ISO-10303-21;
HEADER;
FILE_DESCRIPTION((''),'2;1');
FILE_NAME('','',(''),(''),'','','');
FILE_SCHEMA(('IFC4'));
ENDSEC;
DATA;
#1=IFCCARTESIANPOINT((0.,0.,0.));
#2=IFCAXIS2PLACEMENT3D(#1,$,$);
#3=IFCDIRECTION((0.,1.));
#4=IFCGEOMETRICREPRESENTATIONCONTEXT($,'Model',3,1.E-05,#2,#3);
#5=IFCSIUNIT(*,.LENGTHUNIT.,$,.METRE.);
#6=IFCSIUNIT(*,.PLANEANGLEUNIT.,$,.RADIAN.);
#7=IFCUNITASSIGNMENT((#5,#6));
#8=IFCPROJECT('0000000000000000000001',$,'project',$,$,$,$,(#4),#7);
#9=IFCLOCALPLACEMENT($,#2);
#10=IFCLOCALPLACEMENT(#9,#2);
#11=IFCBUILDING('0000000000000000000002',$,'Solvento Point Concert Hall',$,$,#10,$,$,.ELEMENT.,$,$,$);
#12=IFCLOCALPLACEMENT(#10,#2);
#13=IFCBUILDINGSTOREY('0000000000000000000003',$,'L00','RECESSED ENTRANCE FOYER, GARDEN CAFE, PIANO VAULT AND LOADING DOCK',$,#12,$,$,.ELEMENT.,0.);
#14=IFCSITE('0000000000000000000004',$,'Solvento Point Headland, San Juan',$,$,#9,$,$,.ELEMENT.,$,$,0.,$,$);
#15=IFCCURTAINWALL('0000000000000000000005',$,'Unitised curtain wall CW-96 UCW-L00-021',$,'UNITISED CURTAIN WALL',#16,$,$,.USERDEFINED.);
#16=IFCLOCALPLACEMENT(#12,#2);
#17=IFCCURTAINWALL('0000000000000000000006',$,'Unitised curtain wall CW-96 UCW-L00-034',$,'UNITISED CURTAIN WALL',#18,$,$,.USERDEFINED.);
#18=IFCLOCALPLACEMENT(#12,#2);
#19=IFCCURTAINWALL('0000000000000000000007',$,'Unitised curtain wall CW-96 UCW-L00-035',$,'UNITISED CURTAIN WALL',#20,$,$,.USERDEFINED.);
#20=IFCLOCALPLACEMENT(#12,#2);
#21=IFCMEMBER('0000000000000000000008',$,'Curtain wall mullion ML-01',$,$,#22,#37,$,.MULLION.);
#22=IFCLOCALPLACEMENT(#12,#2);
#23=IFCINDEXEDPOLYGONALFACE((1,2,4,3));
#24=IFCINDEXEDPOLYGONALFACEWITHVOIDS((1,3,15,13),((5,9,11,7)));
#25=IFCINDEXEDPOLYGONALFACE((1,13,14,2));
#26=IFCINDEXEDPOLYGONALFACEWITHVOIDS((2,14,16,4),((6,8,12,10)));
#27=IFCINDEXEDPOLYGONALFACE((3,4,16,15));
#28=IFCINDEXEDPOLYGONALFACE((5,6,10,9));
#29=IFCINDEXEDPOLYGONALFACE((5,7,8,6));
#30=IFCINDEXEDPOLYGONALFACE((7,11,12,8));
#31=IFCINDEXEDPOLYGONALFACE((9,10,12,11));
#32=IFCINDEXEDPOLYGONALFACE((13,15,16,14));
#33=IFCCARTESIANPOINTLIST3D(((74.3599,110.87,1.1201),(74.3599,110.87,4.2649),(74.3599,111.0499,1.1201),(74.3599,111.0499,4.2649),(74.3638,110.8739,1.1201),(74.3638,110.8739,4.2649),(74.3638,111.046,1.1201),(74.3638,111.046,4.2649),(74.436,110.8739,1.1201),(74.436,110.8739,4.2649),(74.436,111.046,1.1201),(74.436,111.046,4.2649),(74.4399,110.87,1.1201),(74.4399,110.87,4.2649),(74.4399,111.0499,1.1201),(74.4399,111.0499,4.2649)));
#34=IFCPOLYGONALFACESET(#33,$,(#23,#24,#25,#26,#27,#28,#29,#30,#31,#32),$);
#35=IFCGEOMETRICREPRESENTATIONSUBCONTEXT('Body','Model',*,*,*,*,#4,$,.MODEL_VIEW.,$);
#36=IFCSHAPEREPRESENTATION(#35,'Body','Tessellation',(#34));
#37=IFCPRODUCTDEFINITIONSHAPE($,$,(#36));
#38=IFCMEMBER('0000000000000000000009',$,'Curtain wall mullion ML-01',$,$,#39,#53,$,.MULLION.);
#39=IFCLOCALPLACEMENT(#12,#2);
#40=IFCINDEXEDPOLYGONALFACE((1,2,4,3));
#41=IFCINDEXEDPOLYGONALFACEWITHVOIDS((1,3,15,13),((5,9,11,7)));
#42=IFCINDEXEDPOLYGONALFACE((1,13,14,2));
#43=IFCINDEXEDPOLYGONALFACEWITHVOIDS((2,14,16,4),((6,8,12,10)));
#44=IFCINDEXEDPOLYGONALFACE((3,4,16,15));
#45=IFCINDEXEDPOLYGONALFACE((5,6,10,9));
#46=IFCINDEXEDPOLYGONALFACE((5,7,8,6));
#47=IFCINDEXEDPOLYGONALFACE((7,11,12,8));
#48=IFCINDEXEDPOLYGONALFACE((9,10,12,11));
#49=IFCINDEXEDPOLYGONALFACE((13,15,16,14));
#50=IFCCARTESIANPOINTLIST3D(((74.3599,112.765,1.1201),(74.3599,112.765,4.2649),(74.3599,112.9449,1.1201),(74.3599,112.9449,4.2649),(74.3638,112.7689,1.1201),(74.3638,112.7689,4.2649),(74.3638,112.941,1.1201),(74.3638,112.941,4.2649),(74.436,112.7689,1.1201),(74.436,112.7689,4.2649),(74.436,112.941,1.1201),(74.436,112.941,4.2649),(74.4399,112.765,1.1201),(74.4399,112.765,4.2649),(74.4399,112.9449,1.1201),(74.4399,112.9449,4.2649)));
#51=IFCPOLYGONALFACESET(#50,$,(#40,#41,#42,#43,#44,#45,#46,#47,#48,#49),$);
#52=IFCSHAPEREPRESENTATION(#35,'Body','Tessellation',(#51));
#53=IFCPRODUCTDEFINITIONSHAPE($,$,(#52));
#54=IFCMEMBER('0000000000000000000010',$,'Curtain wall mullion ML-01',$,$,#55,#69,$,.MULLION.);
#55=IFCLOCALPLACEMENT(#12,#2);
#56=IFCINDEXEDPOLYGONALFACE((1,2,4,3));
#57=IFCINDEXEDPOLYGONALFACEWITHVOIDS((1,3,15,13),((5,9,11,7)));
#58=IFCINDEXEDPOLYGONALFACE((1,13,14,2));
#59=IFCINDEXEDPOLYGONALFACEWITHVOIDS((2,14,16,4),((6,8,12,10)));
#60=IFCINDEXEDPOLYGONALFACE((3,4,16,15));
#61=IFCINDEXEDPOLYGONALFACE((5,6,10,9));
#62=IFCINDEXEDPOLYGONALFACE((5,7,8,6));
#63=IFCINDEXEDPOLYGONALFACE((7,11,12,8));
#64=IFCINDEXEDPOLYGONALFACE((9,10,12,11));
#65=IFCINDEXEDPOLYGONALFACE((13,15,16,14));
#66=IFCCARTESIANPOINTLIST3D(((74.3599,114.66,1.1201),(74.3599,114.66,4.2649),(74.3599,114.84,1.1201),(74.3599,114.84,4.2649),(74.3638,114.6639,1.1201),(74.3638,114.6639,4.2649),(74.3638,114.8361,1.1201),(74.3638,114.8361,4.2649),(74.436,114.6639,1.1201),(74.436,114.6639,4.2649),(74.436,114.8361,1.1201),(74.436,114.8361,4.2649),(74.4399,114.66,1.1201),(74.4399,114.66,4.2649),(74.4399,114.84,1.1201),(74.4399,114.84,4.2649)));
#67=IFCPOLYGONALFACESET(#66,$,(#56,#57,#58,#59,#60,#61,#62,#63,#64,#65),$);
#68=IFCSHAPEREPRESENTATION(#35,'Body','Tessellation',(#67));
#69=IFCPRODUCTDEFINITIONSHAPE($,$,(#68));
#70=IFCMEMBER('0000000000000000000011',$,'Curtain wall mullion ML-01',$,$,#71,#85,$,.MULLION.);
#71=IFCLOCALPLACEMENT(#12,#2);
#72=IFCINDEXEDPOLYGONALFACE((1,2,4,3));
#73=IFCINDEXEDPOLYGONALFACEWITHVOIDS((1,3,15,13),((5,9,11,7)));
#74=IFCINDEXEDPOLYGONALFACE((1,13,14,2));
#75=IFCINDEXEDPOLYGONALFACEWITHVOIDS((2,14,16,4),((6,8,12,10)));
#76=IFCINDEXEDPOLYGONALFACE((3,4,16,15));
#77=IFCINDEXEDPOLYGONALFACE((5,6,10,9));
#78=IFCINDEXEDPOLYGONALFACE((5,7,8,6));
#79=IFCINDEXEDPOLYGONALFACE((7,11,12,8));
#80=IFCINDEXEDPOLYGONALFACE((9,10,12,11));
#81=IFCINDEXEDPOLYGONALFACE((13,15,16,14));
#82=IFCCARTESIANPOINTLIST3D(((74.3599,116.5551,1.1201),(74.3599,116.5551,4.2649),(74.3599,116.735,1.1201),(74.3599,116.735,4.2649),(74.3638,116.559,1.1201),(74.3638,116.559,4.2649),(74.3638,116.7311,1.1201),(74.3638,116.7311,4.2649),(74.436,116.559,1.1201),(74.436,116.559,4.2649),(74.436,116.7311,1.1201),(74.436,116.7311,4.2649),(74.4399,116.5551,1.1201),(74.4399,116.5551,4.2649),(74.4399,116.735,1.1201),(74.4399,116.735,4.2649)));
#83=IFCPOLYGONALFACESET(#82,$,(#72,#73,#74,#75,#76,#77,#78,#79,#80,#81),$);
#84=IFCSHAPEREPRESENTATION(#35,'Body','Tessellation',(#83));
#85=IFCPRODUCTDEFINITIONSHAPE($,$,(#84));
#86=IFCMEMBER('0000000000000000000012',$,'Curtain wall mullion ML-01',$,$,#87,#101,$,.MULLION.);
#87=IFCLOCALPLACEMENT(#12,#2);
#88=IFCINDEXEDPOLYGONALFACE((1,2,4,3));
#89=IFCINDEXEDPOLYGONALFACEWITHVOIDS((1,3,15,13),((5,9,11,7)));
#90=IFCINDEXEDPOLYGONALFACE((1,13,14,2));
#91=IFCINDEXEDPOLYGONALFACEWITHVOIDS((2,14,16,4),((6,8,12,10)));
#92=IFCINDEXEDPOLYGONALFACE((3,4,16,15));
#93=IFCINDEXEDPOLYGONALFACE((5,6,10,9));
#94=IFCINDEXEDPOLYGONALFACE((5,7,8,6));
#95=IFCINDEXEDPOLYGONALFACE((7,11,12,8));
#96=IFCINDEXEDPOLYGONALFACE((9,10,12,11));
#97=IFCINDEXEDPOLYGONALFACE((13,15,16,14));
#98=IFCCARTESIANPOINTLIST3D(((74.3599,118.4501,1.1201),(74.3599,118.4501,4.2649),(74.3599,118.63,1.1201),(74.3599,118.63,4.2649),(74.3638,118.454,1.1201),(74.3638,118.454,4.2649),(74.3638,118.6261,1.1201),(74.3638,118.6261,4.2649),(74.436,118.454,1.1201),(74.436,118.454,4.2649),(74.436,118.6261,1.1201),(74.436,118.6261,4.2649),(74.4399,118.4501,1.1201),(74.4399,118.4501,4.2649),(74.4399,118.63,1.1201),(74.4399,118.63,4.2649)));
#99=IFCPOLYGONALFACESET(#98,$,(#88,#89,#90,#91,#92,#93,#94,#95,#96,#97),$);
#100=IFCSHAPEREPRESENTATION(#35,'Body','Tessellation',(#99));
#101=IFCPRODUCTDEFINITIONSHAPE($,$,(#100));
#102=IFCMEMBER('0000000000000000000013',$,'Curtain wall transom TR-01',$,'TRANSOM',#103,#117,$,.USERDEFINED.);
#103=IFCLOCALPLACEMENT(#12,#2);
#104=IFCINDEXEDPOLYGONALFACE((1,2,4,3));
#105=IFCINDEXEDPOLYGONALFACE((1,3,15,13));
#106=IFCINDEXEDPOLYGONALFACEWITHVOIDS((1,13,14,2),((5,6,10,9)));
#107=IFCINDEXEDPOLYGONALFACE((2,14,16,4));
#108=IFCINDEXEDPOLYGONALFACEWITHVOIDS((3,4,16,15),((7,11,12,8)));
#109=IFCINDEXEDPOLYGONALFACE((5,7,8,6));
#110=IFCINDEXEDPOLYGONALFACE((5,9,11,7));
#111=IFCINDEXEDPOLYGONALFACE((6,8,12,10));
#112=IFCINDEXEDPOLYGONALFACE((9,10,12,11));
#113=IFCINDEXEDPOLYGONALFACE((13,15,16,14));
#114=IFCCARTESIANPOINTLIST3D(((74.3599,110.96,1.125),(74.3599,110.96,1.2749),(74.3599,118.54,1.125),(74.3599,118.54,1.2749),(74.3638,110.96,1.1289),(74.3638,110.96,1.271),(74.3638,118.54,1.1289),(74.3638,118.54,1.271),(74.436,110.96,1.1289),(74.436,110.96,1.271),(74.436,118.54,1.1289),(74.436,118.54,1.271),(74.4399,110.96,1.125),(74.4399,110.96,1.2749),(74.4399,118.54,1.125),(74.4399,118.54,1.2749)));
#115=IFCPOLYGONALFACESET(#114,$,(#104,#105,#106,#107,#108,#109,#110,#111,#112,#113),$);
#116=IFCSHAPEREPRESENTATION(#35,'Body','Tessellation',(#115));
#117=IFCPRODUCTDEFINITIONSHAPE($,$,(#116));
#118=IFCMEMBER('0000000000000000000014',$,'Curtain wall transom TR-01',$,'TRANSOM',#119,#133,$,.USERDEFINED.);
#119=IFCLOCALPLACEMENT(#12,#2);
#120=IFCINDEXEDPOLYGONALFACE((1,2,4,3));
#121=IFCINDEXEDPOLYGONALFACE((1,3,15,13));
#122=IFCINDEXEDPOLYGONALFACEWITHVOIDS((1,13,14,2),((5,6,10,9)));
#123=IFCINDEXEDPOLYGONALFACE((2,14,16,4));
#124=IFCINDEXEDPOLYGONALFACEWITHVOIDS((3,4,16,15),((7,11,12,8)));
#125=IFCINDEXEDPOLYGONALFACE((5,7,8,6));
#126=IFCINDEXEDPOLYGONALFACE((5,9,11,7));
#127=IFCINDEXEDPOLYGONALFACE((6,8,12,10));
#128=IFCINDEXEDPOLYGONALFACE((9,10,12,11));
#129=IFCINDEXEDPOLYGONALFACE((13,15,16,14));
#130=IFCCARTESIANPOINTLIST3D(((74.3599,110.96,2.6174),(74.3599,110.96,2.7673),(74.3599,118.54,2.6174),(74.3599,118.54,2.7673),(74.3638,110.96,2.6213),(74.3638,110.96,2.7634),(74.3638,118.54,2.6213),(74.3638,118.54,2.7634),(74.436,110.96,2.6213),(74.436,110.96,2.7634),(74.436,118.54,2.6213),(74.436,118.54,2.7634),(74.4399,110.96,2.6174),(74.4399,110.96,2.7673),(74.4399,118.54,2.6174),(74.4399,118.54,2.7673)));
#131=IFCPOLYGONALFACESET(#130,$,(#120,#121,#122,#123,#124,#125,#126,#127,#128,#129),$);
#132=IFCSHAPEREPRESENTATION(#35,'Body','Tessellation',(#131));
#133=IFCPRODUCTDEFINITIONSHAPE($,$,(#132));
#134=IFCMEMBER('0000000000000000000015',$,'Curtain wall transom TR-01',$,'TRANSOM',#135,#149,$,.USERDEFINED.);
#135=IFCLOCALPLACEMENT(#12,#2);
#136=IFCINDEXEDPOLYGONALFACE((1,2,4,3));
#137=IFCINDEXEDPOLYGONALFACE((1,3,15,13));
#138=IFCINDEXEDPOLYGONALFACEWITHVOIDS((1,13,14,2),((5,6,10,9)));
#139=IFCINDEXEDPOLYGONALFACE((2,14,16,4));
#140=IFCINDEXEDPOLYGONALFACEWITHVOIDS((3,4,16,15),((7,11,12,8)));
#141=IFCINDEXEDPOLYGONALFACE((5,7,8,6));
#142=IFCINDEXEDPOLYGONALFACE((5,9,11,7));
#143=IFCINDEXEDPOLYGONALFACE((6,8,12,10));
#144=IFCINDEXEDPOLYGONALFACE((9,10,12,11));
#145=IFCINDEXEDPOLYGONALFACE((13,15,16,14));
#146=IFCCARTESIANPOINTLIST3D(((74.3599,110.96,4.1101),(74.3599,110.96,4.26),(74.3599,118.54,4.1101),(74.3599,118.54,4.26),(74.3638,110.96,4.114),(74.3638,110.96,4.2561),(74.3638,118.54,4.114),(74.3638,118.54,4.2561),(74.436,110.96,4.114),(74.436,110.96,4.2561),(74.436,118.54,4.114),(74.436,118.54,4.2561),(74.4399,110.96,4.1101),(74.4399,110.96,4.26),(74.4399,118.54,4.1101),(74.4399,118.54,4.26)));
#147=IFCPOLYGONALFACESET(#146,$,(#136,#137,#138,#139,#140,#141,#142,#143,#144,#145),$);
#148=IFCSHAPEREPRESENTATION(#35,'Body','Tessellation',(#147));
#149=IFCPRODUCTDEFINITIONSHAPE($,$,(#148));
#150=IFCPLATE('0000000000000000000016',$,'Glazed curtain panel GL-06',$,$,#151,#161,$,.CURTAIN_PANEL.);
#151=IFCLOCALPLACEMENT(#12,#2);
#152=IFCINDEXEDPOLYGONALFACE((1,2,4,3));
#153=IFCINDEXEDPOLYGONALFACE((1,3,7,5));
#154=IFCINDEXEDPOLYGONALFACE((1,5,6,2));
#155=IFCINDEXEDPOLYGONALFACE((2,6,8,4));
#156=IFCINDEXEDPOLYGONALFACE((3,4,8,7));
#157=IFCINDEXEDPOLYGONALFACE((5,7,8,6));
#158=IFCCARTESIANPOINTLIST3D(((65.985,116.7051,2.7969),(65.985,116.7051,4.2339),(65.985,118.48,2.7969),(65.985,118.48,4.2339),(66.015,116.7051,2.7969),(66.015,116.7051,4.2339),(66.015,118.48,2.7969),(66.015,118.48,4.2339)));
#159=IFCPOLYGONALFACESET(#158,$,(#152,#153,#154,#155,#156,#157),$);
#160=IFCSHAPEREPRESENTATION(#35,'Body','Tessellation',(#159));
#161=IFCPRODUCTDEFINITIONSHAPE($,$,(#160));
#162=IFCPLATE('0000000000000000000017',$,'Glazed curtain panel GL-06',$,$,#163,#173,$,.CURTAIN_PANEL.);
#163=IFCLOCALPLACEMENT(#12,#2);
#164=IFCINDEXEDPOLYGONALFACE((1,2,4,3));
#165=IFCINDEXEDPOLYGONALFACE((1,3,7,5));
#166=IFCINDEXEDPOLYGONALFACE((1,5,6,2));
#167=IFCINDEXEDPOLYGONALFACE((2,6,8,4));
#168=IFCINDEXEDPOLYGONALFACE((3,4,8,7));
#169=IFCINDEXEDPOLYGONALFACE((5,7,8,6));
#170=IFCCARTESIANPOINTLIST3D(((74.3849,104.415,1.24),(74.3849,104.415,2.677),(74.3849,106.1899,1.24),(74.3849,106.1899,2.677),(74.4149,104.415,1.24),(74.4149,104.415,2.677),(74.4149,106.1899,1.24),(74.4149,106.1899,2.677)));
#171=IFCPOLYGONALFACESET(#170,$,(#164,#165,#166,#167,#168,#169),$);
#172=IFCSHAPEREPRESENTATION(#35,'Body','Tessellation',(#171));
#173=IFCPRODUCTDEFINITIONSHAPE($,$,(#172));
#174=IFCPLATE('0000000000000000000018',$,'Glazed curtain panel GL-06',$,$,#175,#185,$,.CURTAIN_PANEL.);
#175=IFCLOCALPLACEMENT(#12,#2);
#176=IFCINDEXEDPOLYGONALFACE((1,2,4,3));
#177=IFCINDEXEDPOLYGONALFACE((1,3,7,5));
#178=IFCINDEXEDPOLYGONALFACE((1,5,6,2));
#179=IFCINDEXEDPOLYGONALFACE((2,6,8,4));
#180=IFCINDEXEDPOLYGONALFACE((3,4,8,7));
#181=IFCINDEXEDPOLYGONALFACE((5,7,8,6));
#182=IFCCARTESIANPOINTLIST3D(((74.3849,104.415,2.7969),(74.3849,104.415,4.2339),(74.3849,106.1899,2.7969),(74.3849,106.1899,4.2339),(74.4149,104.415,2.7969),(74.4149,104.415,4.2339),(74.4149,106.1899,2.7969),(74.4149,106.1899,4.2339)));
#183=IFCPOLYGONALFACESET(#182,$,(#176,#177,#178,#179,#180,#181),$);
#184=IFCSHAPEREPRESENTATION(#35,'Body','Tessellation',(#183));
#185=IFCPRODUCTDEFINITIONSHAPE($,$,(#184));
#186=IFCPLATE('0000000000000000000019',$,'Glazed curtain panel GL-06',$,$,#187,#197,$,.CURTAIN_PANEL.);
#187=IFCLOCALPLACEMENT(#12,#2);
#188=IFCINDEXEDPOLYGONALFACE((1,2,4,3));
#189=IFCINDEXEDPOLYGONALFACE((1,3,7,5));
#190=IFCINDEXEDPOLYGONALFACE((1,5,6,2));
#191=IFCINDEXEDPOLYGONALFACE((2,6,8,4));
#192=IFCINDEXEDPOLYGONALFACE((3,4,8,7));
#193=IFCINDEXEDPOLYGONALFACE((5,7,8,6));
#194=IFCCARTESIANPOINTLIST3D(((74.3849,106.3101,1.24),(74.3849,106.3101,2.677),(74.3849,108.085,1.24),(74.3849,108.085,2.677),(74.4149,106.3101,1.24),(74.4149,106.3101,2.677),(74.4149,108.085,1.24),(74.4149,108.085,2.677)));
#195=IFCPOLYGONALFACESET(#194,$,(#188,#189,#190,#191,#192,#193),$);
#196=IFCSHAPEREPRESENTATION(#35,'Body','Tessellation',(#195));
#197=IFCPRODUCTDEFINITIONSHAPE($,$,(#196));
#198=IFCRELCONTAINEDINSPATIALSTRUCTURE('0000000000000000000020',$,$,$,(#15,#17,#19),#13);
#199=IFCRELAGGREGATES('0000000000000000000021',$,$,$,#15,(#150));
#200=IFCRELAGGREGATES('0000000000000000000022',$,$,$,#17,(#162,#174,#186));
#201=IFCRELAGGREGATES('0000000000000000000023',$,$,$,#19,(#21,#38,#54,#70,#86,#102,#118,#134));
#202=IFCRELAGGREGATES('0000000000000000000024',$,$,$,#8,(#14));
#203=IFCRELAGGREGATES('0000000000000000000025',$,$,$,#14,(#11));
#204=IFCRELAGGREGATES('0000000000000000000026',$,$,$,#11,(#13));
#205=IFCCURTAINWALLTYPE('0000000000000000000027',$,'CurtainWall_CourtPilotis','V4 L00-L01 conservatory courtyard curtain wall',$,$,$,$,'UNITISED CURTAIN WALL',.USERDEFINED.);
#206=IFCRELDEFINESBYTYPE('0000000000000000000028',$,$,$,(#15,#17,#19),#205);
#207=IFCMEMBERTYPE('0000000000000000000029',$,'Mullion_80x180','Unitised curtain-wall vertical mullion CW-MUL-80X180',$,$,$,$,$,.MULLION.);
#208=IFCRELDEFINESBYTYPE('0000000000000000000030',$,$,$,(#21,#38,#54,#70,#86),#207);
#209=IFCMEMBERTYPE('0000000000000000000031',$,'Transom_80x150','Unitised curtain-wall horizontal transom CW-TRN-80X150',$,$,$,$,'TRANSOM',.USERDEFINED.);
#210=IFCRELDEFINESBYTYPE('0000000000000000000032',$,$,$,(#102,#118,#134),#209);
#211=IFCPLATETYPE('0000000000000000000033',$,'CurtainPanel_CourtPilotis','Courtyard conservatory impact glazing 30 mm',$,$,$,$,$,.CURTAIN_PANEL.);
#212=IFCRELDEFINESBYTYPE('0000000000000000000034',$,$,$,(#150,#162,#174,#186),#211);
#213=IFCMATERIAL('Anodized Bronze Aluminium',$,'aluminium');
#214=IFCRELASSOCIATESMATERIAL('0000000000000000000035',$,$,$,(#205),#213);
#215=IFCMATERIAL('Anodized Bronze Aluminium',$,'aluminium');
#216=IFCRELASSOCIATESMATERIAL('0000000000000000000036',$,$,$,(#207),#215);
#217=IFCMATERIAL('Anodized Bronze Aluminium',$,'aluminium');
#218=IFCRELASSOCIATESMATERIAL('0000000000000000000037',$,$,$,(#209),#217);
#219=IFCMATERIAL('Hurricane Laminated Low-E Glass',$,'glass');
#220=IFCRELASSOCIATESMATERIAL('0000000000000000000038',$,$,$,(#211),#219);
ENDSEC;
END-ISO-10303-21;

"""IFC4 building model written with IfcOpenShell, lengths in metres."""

from ifc_helpers import new_model, si_unit, direction, frame, origin, origin_2d, place, context, subcontext, project, spatial, rectangle, hollow_rectangle, extrude, material, material_profile, profile_set, type_object, element, aggregate, save


model = new_model("IFC4")

# Units and contexts
model_context = context("Model", 3, precision=1e-05, world=origin(), true_north=direction((0.0, 1.0)))
body_context = subcontext(model_context, "Body", "Model", "MODEL_VIEW")
ifc_project = project(units=[si_unit("LENGTHUNIT", "METRE"), si_unit("PLANEANGLEUNIT", "RADIAN")], contexts=[model_context])

# Site, building, storey
site_placement = place(None, origin())
site = spatial("IfcSite", under=ifc_project, at=site_placement, Name="Solvento Point Headland, San Juan", CompositionType="ELEMENT", RefElevation=0.0)
building_placement = place(site_placement, origin())
building = spatial("IfcBuilding", under=site, at=building_placement, Name="Solvento Point Concert Hall", CompositionType="ELEMENT")
storey_placement = place(building_placement, origin())
storey = spatial("IfcBuildingStorey", under=building, at=storey_placement, Name="L00", Description="RECESSED ENTRANCE FOYER, GARDEN CAFE, PIANO VAULT AND LOADING DOCK", CompositionType="ELEMENT", Elevation=0.0)

# Curtain wall
ifc_material_1 = material(Name="Anodized Bronze Aluminium", Category="aluminium")
curtain_wall_type = type_object("IfcCurtainWallType", Name="CurtainWall_CourtPilotis", Description="V4 L00-L01 conservatory courtyard curtain wall", ElementType="UNITISED CURTAIN WALL", PredefinedType="USERDEFINED", material=ifc_material_1)
curtain_wall_1_placement = place(storey_placement, origin())
curtain_wall_1 = element("IfcCurtainWall", 1, at=curtain_wall_1_placement, inside=storey, type_object=curtain_wall_type, Name="Unitised curtain wall CW-96 UCW-L00-021", ObjectType="UNITISED CURTAIN WALL", PredefinedType="USERDEFINED")
ifc_material_2 = material(Name="Anodized Bronze Aluminium", Category="aluminium")
ifc_material_profile_1 = material_profile(ifc_material_2, hollow_rectangle(XDim=0.0801, YDim=0.1799, WallThickness=0.0039, at=origin_2d()), Name="CW-MUL-80X180")
ifc_profile_set_1 = profile_set([ifc_material_profile_1], Name="Anodized Bronze Aluminium")
member_type_1 = type_object("IfcMemberType", Name="Mullion_80x180", Description="Unitised curtain-wall vertical mullion CW-MUL-80X180", PredefinedType="MULLION", material=ifc_profile_set_1)

# Curtain walls, members
curtain_wall_2_placement = place(storey_placement, origin())
curtain_wall_2 = element("IfcCurtainWall", 2, at=curtain_wall_2_placement, inside=storey, type_object=curtain_wall_type, Name="Unitised curtain wall CW-96 UCW-L00-034", ObjectType="UNITISED CURTAIN WALL", PredefinedType="USERDEFINED")
curtain_wall_3_placement = place(storey_placement, origin())
curtain_wall_3 = element("IfcCurtainWall", 3, at=curtain_wall_3_placement, inside=storey, type_object=curtain_wall_type, Name="Unitised curtain wall CW-96 UCW-L00-035", ObjectType="UNITISED CURTAIN WALL", PredefinedType="USERDEFINED")
member_1_placement = place(storey_placement, frame((74.3999, 110.96, 1.1201), z_axis=(0.0, 0.0, 1.0), x_axis=(1.0, 0.0, 0.0)))
member_1 = element("IfcMember", 4, at=member_1_placement, type_object=member_type_1, Name="Curtain wall mullion ML-01", PredefinedType="MULLION", context=body_context, shape_type="SweptSolid", body=[
    extrude(hollow_rectangle(XDim=0.0801, YDim=0.1799, WallThickness=0.0039, at=origin_2d()), origin(), (0.0, 0.0, 1.0), 3.1448),
])
member_2_placement = place(storey_placement, frame((74.3999, 112.855, 1.1201), z_axis=(0.0, 0.0, 1.0), x_axis=(1.0, 0.0, 0.0)))
member_2 = element("IfcMember", 5, at=member_2_placement, type_object=member_type_1, Name="Curtain wall mullion ML-01", PredefinedType="MULLION", context=body_context, shape_type="SweptSolid", body=[
    extrude(hollow_rectangle(XDim=0.0801, YDim=0.1799, WallThickness=0.0039, at=origin_2d()), origin(), (0.0, 0.0, 1.0), 3.1448),
])
member_3_placement = place(storey_placement, frame((74.3999, 114.75, 1.1201), z_axis=(0.0, 0.0, 1.0), x_axis=(1.0, 0.0, 0.0)))
member_3 = element("IfcMember", 6, at=member_3_placement, type_object=member_type_1, Name="Curtain wall mullion ML-01", PredefinedType="MULLION", context=body_context, shape_type="SweptSolid", body=[
    extrude(hollow_rectangle(XDim=0.0801, YDim=0.1799, WallThickness=0.0039, at=origin_2d()), origin(), (0.0, 0.0, 1.0), 3.1448),
])
member_4_placement = place(storey_placement, frame((74.3999, 116.645, 1.1201), z_axis=(0.0, 0.0, 1.0), x_axis=(1.0, 0.0, 0.0)))
member_4 = element("IfcMember", 7, at=member_4_placement, type_object=member_type_1, Name="Curtain wall mullion ML-01", PredefinedType="MULLION", context=body_context, shape_type="SweptSolid", body=[
    extrude(hollow_rectangle(XDim=0.0801, YDim=0.1799, WallThickness=0.0039, at=origin_2d()), origin(), (0.0, 0.0, 1.0), 3.1448),
])
member_5_placement = place(storey_placement, frame((74.3999, 118.54, 1.1201), z_axis=(0.0, 0.0, 1.0), x_axis=(1.0, 0.0, 0.0)))
member_5 = element("IfcMember", 8, at=member_5_placement, type_object=member_type_1, Name="Curtain wall mullion ML-01", PredefinedType="MULLION", context=body_context, shape_type="SweptSolid", body=[
    extrude(hollow_rectangle(XDim=0.0801, YDim=0.1799, WallThickness=0.0039, at=origin_2d()), origin(), (0.0, 0.0, 1.0), 3.1448),
])
ifc_material_3 = material(Name="Anodized Bronze Aluminium", Category="aluminium")
ifc_material_profile_2 = material_profile(ifc_material_3, hollow_rectangle(XDim=0.0801, YDim=0.1499, WallThickness=0.0039, at=origin_2d()), Name="CW-TRN-80X150")
ifc_profile_set_2 = profile_set([ifc_material_profile_2], Name="Anodized Bronze Aluminium")
member_type_2 = type_object("IfcMemberType", Name="Transom_80x150", Description="Unitised curtain-wall horizontal transom CW-TRN-80X150", ElementType="TRANSOM", PredefinedType="USERDEFINED", material=ifc_profile_set_2)
member_6_placement = place(storey_placement, frame((74.3999, 110.96, 1.2), z_axis=(0.0, 1.0, 0.0), x_axis=(-1.0, 0.0, 0.0)))
member_6 = element("IfcMember", 9, at=member_6_placement, type_object=member_type_2, Name="Curtain wall transom TR-01", ObjectType="TRANSOM", PredefinedType="USERDEFINED", context=body_context, shape_type="SweptSolid", body=[
    extrude(hollow_rectangle(XDim=0.0801, YDim=0.1499, WallThickness=0.0039, at=origin_2d()), origin(), (0.0, 0.0, 1.0), 7.5801),
])
member_7_placement = place(storey_placement, frame((74.3999, 110.96, 2.6924), z_axis=(0.0, 1.0, 0.0), x_axis=(-1.0, 0.0, 0.0)))
member_7 = element("IfcMember", 10, at=member_7_placement, type_object=member_type_2, Name="Curtain wall transom TR-01", ObjectType="TRANSOM", PredefinedType="USERDEFINED", context=body_context, shape_type="SweptSolid", body=[
    extrude(hollow_rectangle(XDim=0.0801, YDim=0.1499, WallThickness=0.0039, at=origin_2d()), origin(), (0.0, 0.0, 1.0), 7.5801),
])
member_8_placement = place(storey_placement, frame((74.3999, 110.96, 4.1851), z_axis=(0.0, 1.0, 0.0), x_axis=(-1.0, 0.0, 0.0)))
member_8 = element("IfcMember", 11, at=member_8_placement, type_object=member_type_2, Name="Curtain wall transom TR-01", ObjectType="TRANSOM", PredefinedType="USERDEFINED", context=body_context, shape_type="SweptSolid", body=[
    extrude(hollow_rectangle(XDim=0.0801, YDim=0.1499, WallThickness=0.0039, at=origin_2d()), origin(), (0.0, 0.0, 1.0), 7.5801),
])

# Plates
ifc_material_4 = material(Name="Hurricane Laminated Low-E Glass", Category="glass")
plate_type = type_object("IfcPlateType", Name="CurtainPanel_CourtPilotis", Description="Courtyard conservatory impact glazing 30 mm", PredefinedType="CURTAIN_PANEL", material=ifc_material_4)
plate_1_placement = place(storey_placement, frame((66.0, 117.5925, 2.7969), z_axis=(0.0, 0.0, 1.0), x_axis=(0.0, 1.0, 0.0)))
plate_1 = element("IfcPlate", 12, at=plate_1_placement, type_object=plate_type, Name="Glazed curtain panel GL-06", PredefinedType="CURTAIN_PANEL", context=body_context, shape_type="SweptSolid", body=[
    extrude(rectangle(XDim=1.7749, YDim=0.03, at=origin_2d()), origin(), (0.0, 0.0, 1.0), 1.437),
])
aggregate(curtain_wall_1, [plate_1])
plate_2_placement = place(storey_placement, frame((74.3999, 105.3025, 1.24), z_axis=(0.0, 0.0, 1.0), x_axis=(0.0, 1.0, 0.0)))
plate_2 = element("IfcPlate", 13, at=plate_2_placement, type_object=plate_type, Name="Glazed curtain panel GL-06", PredefinedType="CURTAIN_PANEL", context=body_context, shape_type="SweptSolid", body=[
    extrude(rectangle(XDim=1.7749, YDim=0.03, at=origin_2d()), origin(), (0.0, 0.0, 1.0), 1.437),
])
plate_3_placement = place(storey_placement, frame((74.3999, 105.3025, 2.7969), z_axis=(0.0, 0.0, 1.0), x_axis=(0.0, 1.0, 0.0)))
plate_3 = element("IfcPlate", 14, at=plate_3_placement, type_object=plate_type, Name="Glazed curtain panel GL-06", PredefinedType="CURTAIN_PANEL", context=body_context, shape_type="SweptSolid", body=[
    extrude(rectangle(XDim=1.7749, YDim=0.03, at=origin_2d()), origin(), (0.0, 0.0, 1.0), 1.437),
])
plate_4_placement = place(storey_placement, frame((74.3999, 107.1975, 1.24), z_axis=(0.0, 0.0, 1.0), x_axis=(0.0, 1.0, 0.0)))
plate_4 = element("IfcPlate", 15, at=plate_4_placement, type_object=plate_type, Name="Glazed curtain panel GL-06", PredefinedType="CURTAIN_PANEL", context=body_context, shape_type="SweptSolid", body=[
    extrude(rectangle(XDim=1.7749, YDim=0.03, at=origin_2d()), origin(), (0.0, 0.0, 1.0), 1.437),
])
aggregate(curtain_wall_2, [plate_2, plate_3, plate_4])
aggregate(curtain_wall_3, [member_1, member_2, member_3, member_4, member_5, member_6, member_7, member_8])

save(model, "model.ifc")
